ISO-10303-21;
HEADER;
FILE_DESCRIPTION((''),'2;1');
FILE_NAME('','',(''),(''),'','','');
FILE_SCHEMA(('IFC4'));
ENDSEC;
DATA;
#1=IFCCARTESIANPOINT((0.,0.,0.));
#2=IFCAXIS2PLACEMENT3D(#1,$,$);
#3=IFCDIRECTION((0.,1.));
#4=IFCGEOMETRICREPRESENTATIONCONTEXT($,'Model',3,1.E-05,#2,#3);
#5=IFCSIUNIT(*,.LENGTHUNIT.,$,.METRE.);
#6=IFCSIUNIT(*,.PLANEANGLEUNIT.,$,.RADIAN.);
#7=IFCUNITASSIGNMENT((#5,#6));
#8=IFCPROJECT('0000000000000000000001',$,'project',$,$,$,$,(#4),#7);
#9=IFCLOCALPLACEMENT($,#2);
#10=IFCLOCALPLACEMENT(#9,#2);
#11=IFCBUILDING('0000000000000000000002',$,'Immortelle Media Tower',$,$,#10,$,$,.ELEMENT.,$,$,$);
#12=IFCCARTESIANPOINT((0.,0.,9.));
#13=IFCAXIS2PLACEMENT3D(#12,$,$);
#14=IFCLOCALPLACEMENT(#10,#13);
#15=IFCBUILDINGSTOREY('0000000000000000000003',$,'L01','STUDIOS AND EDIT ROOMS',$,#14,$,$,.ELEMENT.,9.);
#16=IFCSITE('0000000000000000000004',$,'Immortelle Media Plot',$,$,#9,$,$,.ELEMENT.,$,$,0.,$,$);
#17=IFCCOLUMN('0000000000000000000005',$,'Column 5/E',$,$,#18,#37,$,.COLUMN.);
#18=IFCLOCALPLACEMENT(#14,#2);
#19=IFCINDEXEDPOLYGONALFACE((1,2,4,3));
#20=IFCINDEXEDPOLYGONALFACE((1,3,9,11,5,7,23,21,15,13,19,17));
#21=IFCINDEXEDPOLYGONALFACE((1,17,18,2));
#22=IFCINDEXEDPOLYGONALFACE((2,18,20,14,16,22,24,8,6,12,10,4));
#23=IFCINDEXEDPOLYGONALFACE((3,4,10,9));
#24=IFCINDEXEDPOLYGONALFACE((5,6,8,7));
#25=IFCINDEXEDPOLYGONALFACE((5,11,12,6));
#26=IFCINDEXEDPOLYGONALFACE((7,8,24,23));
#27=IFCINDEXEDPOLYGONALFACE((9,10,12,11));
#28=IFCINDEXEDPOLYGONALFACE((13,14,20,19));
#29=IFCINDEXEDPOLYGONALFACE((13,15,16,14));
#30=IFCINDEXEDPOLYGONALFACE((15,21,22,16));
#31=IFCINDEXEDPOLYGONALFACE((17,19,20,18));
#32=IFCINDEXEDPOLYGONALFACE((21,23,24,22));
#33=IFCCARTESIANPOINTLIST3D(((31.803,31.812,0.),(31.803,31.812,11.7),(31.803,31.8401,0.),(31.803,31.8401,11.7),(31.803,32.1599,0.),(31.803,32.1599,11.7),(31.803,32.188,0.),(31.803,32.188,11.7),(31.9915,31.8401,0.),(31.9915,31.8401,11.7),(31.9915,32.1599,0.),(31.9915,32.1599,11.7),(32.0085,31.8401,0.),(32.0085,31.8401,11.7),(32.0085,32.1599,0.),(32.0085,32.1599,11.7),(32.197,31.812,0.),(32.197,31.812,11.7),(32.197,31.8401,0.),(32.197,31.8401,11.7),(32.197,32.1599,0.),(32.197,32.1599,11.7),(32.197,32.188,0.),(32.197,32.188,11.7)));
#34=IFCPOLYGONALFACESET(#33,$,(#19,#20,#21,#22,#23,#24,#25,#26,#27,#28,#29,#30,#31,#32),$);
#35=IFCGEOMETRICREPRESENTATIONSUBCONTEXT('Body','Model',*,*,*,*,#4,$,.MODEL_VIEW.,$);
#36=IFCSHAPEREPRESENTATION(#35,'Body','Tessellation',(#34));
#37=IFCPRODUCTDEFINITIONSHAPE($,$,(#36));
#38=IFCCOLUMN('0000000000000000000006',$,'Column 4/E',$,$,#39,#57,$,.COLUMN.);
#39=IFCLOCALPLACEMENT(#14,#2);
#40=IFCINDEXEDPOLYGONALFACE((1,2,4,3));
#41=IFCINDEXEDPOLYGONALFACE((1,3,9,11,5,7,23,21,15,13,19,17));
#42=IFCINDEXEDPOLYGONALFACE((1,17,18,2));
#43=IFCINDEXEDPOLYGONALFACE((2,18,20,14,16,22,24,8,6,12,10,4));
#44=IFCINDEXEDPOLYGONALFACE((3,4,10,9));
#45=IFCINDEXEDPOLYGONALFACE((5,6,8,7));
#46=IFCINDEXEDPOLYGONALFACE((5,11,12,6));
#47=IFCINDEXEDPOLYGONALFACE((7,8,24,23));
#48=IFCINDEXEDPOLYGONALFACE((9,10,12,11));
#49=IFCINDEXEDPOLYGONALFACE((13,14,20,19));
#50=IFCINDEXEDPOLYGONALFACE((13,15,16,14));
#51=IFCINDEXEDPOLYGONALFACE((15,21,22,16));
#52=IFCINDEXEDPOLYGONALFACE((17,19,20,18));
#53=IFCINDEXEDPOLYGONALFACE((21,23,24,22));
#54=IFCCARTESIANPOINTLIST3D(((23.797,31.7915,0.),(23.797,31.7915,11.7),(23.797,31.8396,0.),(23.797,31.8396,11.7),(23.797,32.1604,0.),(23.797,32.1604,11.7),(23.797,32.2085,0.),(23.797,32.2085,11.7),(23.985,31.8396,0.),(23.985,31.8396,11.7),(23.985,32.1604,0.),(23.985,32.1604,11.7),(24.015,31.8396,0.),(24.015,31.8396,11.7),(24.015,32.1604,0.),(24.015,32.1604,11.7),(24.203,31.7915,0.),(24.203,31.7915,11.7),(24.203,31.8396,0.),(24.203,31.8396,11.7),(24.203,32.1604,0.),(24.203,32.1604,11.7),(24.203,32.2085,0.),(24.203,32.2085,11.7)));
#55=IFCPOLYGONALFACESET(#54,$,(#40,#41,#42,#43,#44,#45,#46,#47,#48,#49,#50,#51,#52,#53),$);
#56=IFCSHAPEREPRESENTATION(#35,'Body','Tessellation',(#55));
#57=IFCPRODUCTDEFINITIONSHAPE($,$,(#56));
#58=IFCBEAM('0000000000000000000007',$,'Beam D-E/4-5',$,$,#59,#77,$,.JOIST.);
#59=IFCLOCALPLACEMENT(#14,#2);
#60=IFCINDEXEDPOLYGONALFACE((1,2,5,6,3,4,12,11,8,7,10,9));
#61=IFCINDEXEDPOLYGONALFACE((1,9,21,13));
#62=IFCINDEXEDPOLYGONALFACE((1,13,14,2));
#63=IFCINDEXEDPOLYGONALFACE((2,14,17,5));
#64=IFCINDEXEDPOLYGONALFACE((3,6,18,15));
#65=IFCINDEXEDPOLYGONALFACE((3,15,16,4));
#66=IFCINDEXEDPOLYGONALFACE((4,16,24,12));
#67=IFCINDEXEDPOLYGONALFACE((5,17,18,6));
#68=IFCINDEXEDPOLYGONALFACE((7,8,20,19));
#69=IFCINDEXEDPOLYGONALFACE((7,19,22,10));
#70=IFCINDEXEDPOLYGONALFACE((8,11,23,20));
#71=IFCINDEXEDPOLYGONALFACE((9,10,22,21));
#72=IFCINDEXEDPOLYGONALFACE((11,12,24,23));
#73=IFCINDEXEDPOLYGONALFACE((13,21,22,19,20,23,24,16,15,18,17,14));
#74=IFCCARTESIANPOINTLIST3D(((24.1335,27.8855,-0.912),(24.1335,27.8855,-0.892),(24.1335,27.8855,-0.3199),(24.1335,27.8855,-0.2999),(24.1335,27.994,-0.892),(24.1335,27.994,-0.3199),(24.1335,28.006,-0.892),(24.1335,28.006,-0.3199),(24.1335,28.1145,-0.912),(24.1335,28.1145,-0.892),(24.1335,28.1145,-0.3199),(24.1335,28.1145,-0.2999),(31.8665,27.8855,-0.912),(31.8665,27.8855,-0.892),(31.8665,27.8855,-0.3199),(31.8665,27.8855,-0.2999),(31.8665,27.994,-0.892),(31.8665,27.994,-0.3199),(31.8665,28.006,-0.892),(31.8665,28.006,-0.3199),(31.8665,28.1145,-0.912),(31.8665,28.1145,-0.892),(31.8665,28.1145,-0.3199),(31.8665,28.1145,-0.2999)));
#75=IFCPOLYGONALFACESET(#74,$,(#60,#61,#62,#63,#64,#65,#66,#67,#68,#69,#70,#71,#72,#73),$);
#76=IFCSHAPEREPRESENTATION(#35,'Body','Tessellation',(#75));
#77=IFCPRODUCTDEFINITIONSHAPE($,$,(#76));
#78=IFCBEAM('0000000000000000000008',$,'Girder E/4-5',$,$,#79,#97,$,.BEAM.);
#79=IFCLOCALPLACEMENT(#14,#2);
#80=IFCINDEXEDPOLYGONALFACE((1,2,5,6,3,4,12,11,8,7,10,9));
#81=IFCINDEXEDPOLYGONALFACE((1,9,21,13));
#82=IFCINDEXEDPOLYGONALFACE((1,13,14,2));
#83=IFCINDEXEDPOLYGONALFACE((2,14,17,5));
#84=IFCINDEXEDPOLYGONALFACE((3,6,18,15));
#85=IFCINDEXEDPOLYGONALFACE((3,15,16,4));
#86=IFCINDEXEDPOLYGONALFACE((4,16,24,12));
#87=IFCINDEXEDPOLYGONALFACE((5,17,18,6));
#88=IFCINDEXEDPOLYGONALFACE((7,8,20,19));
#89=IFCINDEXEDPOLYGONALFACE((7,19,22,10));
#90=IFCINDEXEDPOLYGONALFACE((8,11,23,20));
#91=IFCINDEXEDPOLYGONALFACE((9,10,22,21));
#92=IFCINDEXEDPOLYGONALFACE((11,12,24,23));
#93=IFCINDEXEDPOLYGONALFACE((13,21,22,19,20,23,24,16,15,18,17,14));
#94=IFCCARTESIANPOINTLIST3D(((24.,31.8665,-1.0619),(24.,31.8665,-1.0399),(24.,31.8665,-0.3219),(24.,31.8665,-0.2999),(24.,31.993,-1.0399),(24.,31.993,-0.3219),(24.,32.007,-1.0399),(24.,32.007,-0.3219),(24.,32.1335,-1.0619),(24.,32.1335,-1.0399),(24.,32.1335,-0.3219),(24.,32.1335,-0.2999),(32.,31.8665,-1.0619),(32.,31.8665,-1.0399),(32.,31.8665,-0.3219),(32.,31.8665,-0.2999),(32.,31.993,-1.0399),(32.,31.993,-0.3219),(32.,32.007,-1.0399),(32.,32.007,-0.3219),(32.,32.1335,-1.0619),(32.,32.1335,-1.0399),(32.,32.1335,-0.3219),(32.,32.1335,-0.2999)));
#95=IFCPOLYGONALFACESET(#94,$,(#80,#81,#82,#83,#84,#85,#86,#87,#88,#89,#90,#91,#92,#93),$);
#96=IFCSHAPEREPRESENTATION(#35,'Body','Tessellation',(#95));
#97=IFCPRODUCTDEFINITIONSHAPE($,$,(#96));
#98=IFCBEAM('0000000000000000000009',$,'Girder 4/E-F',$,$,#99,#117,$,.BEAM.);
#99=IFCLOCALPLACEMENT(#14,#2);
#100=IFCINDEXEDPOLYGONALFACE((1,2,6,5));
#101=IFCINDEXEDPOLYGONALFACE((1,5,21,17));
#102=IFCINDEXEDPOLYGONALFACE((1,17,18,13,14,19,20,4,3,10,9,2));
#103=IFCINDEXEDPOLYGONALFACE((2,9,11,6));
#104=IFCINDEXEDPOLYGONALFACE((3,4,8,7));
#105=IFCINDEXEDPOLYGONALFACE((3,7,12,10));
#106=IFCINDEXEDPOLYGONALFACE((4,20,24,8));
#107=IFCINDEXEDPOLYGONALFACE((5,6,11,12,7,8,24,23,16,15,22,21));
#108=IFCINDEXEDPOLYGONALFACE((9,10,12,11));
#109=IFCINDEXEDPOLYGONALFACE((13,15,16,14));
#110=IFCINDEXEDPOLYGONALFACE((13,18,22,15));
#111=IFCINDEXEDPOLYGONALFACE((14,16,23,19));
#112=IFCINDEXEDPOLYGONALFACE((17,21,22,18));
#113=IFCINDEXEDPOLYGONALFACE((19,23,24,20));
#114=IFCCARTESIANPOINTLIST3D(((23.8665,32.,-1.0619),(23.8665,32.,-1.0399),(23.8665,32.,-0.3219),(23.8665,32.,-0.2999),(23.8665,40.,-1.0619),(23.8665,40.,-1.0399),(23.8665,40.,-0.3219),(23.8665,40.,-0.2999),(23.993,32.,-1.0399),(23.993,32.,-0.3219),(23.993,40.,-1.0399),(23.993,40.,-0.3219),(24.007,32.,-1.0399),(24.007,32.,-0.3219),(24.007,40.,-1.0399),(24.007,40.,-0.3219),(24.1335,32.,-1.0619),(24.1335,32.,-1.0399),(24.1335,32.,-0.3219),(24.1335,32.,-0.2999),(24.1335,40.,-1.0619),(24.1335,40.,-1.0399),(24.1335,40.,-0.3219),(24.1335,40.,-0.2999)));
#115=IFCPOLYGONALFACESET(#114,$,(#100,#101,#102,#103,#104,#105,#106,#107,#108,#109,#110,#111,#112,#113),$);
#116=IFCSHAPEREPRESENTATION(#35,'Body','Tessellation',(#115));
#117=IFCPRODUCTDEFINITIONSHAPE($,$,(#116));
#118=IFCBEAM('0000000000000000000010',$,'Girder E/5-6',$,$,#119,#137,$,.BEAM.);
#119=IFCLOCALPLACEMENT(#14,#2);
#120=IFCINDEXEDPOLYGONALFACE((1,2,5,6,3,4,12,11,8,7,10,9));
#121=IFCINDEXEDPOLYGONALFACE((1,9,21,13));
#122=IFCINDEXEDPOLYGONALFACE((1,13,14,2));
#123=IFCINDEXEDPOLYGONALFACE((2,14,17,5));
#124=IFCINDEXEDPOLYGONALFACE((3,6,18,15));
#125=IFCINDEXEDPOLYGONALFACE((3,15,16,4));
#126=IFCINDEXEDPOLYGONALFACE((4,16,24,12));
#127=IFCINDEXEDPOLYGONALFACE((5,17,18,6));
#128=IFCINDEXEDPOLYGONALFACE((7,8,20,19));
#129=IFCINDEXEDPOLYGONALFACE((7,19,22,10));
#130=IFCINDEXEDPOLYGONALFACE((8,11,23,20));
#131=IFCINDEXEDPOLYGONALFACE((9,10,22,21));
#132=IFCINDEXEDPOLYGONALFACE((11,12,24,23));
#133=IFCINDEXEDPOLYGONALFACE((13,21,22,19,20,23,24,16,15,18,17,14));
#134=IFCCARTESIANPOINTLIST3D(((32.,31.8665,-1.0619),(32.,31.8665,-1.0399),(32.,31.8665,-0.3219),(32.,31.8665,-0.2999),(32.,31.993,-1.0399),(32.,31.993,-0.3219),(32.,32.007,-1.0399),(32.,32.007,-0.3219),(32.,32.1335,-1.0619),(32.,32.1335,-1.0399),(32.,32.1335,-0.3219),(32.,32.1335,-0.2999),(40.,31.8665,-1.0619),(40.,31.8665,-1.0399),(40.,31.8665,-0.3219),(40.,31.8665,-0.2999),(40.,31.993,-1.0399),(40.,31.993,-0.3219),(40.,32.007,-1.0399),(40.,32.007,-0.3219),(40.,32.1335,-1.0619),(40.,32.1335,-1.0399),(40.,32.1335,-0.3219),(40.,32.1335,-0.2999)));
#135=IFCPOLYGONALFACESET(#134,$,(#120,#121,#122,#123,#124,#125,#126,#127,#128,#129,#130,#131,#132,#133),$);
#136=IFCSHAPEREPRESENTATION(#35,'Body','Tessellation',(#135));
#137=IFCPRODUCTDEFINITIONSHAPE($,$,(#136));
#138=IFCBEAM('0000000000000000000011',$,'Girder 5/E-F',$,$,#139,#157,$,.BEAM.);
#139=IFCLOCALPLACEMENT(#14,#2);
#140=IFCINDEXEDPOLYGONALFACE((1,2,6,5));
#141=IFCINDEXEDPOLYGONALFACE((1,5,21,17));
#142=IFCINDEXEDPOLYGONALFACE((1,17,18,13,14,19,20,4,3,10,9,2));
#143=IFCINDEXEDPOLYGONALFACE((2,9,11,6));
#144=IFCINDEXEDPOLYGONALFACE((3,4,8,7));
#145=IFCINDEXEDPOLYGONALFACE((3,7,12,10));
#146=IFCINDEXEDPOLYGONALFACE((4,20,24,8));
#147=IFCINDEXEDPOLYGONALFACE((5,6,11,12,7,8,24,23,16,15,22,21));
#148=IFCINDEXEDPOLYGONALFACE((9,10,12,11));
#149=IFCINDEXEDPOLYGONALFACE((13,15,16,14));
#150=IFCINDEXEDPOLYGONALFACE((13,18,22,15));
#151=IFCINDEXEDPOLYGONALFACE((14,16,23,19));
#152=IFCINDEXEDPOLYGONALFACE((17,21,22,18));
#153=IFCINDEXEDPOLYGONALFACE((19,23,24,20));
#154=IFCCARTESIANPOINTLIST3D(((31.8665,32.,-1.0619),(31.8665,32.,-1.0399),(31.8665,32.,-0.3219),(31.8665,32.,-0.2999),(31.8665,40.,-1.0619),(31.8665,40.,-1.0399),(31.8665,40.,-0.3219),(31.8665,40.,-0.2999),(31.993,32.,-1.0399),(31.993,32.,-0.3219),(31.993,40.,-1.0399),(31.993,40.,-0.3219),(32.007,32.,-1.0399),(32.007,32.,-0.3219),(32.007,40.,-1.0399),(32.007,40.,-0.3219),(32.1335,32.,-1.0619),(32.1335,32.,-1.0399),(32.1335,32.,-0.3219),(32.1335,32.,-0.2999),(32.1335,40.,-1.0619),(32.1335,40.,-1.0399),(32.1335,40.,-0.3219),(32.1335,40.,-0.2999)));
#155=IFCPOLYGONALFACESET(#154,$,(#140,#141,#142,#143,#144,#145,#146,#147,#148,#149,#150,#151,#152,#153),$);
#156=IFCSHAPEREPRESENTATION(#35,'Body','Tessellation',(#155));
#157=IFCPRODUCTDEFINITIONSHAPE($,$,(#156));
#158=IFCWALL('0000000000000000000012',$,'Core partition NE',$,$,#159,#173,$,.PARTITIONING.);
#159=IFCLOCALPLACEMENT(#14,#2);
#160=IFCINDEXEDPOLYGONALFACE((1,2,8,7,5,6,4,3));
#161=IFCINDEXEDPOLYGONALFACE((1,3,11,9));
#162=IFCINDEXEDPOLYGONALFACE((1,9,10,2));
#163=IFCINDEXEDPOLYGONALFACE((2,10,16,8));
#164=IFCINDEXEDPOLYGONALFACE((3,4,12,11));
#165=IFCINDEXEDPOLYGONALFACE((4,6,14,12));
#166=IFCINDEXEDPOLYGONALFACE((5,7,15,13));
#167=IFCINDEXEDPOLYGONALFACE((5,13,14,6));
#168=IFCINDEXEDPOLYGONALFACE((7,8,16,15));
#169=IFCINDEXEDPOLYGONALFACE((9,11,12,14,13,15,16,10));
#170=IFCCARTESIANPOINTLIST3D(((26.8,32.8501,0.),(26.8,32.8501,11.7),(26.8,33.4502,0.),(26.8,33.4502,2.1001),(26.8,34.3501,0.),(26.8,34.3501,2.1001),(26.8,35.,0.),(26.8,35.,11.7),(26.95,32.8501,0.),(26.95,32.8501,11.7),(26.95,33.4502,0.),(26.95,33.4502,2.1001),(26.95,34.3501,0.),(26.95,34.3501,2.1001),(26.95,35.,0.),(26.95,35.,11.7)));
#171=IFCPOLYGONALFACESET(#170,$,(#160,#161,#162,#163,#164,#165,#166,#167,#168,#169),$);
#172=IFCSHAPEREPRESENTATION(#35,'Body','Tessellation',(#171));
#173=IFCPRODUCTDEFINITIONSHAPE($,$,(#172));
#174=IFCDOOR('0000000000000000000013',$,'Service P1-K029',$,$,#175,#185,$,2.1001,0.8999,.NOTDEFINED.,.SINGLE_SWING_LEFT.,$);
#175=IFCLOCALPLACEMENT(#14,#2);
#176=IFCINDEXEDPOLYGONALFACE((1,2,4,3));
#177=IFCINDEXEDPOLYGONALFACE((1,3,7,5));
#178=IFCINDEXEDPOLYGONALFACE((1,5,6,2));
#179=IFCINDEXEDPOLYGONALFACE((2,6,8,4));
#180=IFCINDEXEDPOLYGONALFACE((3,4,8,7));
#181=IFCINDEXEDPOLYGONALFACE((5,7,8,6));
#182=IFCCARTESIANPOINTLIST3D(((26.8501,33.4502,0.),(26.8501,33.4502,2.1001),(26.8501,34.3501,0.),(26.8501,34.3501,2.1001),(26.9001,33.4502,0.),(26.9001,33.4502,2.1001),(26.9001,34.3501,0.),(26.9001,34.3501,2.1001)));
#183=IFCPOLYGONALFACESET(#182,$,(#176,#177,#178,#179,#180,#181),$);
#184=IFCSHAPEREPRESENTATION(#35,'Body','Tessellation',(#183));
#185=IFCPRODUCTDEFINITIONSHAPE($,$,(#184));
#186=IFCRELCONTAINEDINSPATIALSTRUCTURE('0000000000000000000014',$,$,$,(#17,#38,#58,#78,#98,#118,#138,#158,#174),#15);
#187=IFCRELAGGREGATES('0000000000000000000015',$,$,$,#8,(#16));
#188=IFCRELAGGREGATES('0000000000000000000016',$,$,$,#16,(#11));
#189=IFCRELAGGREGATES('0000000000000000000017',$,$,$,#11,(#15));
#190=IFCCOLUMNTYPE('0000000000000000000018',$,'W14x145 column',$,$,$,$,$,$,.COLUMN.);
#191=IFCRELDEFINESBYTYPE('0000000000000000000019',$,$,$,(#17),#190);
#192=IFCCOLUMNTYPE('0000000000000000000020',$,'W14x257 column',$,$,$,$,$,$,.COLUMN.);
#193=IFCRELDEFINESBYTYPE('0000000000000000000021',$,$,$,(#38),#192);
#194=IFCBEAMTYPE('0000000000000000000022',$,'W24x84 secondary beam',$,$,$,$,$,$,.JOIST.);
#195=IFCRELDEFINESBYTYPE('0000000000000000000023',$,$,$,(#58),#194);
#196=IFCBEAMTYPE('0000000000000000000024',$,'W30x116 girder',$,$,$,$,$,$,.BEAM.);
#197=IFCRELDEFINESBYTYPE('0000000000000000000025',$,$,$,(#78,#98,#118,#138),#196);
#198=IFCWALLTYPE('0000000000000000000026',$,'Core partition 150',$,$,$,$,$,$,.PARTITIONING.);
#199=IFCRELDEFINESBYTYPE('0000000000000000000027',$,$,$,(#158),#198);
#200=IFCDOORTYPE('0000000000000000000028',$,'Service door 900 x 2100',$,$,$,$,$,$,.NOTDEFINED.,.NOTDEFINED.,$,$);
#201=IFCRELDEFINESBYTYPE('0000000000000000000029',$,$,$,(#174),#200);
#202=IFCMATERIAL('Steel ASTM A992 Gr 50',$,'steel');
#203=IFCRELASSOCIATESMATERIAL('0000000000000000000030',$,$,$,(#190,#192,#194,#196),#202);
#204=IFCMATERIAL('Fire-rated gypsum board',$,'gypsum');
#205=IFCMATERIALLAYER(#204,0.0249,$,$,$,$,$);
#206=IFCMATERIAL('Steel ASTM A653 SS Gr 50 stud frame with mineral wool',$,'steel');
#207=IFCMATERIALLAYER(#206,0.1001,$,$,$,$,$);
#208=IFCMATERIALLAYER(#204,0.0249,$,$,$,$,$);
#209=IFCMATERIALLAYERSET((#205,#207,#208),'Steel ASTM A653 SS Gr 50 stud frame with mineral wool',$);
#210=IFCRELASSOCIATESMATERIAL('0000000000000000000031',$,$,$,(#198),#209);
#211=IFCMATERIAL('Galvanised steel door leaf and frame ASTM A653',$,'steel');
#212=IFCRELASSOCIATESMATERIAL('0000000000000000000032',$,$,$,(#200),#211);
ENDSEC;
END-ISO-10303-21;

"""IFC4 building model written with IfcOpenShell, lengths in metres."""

from ifc_helpers import new_model, si_unit, direction, frame, frame_2d, origin, origin_2d, place, context, subcontext, project, spatial, rectangle, i_section, extrude, material, layer, layer_set, material_profile, profile_set, type_object, element, fill, save


model = new_model("IFC4")

# Units and contexts
model_context = context("Model", 3, precision=1e-05, world=origin(), true_north=direction((0.0, 1.0)))
body_context = subcontext(model_context, "Body", "Model", "MODEL_VIEW")
ifc_project = project(units=[si_unit("LENGTHUNIT", "METRE"), si_unit("PLANEANGLEUNIT", "RADIAN")], contexts=[model_context])

# Site, building, storey
site_placement = place(None, origin())
site = spatial("IfcSite", under=ifc_project, at=site_placement, Name="Immortelle Media Plot", CompositionType="ELEMENT", RefElevation=0.0)
building_placement = place(site_placement, origin())
building = spatial("IfcBuilding", under=site, at=building_placement, Name="Immortelle Media Tower", CompositionType="ELEMENT")
storey_placement = place(building_placement, frame((0.0, 0.0, 9.0)))
storey = spatial("IfcBuildingStorey", under=building, at=storey_placement, Name="L01", Description="STUDIOS AND EDIT ROOMS", CompositionType="ELEMENT", Elevation=9.0)

# Columns
ifc_material_1 = material(Name="Steel ASTM A992 Gr 50", Category="steel")
ifc_material_profile_1 = material_profile(ifc_material_1, i_section(OverallWidth=0.394, OverallDepth=0.376, WebThickness=0.0171, FlangeThickness=0.0281, at=origin_2d()), Name="W14x145")
ifc_profile_set_1 = profile_set([ifc_material_profile_1], Name="Steel ASTM A992 Gr 50")
column_type_1 = type_object("IfcColumnType", Name="W14x145 column", PredefinedType="COLUMN", material=ifc_profile_set_1)
column_1_placement = place(storey_placement, frame((32.0, 32.0, 0.0), z_axis=(0.0, 0.0, 1.0), x_axis=(1.0, 0.0, 0.0)))
element("IfcColumn", 1, at=column_1_placement, inside=storey, type_object=column_type_1, Name="Column 5/E", PredefinedType="COLUMN", context=body_context, shape_type="SweptSolid", body=[
    extrude(i_section(OverallWidth=0.394, OverallDepth=0.376, WebThickness=0.0171, FlangeThickness=0.0281, at=origin_2d()), origin(), (0.0, 0.0, 1.0), 11.7),
])
ifc_material_profile_2 = material_profile(ifc_material_1, i_section(OverallWidth=0.406, OverallDepth=0.417, WebThickness=0.03, FlangeThickness=0.0481, at=origin_2d()), Name="W14x257")
ifc_profile_set_2 = profile_set([ifc_material_profile_2], Name="Steel ASTM A992 Gr 50")
column_type_2 = type_object("IfcColumnType", Name="W14x257 column", PredefinedType="COLUMN", material=ifc_profile_set_2)
column_2_placement = place(storey_placement, frame((24.0, 32.0, 0.0), z_axis=(0.0, 0.0, 1.0), x_axis=(1.0, 0.0, 0.0)))
element("IfcColumn", 2, at=column_2_placement, inside=storey, type_object=column_type_2, Name="Column 4/E", PredefinedType="COLUMN", context=body_context, shape_type="SweptSolid", body=[
    extrude(i_section(OverallWidth=0.406, OverallDepth=0.417, WebThickness=0.03, FlangeThickness=0.0481, at=origin_2d()), origin(), (0.0, 0.0, 1.0), 11.7),
])

# Beams
ifc_material_profile_3 = material_profile(ifc_material_1, i_section(OverallWidth=0.229, OverallDepth=0.6121, WebThickness=0.012, FlangeThickness=0.02, at=origin_2d()), Name="W24x84")
ifc_profile_set_3 = profile_set([ifc_material_profile_3], Name="Steel ASTM A992 Gr 50")
beam_type_1 = type_object("IfcBeamType", Name="W24x84 secondary beam", PredefinedType="JOIST", material=ifc_profile_set_3)
beam_placement = place(storey_placement, frame((24.1335, 28.0, -0.606), z_axis=(1.0, 0.0, 0.0), x_axis=(0.0, 1.0, 0.0)))
element("IfcBeam", 3, at=beam_placement, inside=storey, type_object=beam_type_1, Name="Beam D-E/4-5", PredefinedType="JOIST", context=body_context, shape_type="SweptSolid", body=[
    extrude(i_section(OverallWidth=0.229, OverallDepth=0.6121, WebThickness=0.012, FlangeThickness=0.02, at=origin_2d()), origin(), (0.0, 0.0, 1.0), 7.7329),
])
ifc_material_profile_4 = material_profile(ifc_material_1, i_section(OverallWidth=0.2671, OverallDepth=0.762, WebThickness=0.0139, FlangeThickness=0.022, at=origin_2d()), Name="W30x116")
ifc_profile_set_4 = profile_set([ifc_material_profile_4], Name="Steel ASTM A992 Gr 50")
beam_type_2 = type_object("IfcBeamType", Name="W30x116 girder", PredefinedType="BEAM", material=ifc_profile_set_4)
for number, where, z_axis, x_axis, name in (
    (4, (24.0, 32.0, -0.6809), (1.0, 0.0, 0.0), (0.0, 1.0, 0.0), "Girder E/4-5"),
    (5, (24.0, 32.0, -0.6809), (0.0, 1.0, 0.0), (-1.0, 0.0, 0.0), "Girder 4/E-F"),
    (6, (32.0, 32.0, -0.6809), (1.0, 0.0, 0.0), (0.0, 1.0, 0.0), "Girder E/5-6"),
    (7, (32.0, 32.0, -0.6809), (0.0, 1.0, 0.0), (-1.0, 0.0, 0.0), "Girder 5/E-F"),
):
    element("IfcBeam", number, at=place(storey_placement, frame(where, z_axis=z_axis, x_axis=x_axis)), inside=storey, type_object=beam_type_2, Name=name, PredefinedType="BEAM", context=body_context, shape_type="SweptSolid", body=[
        extrude(i_section(OverallWidth=0.2671, OverallDepth=0.762, WebThickness=0.0139, FlangeThickness=0.022, at=origin_2d()), origin(), (0.0, 0.0, 1.0), 8.0),
    ])

# Wall, opening, door
ifc_material_2 = material(Name="Fire-rated gypsum board", Category="gypsum")
ifc_layer_1 = layer(ifc_material_2, 0.0249)
ifc_material_3 = material(Name="Steel ASTM A653 SS Gr 50 stud frame with mineral wool", Category="steel")
ifc_layer_2 = layer(ifc_material_3, 0.1001)
ifc_layer_3 = layer(ifc_material_2, 0.0249)
ifc_layer_set_1 = layer_set([ifc_layer_1, ifc_layer_2, ifc_layer_3], Name="Steel ASTM A653 SS Gr 50 stud frame with mineral wool")
wall_type_1 = type_object("IfcWallType", Name="Core partition 150", PredefinedType="PARTITIONING", material=ifc_layer_set_1)
wall_1_placement = place(storey_placement, frame((26.875, 32.8501, 0.0), z_axis=(0.0, 0.0, 1.0), x_axis=(0.0, 1.0, 0.0)))
wall_1 = element("IfcWall", 8, at=wall_1_placement, inside=storey, type_object=wall_type_1, Name="Core partition NE", PredefinedType="PARTITIONING", context=body_context, shape_type="SweptSolid", body=[
    extrude(rectangle(XDim=2.1499, YDim=0.1499, at=frame_2d((1.075, 0.0))), origin(), (0.0, 0.0, 1.0), 11.7),
])
opening_1_placement = place(wall_1_placement, frame((0.6001, 0.0, 0.0)))
opening_1 = element("IfcOpeningElement", 9, at=opening_1_placement, cuts=wall_1, PredefinedType="OPENING", context=body_context, shape_type="SweptSolid", body=[
    extrude(rectangle(XDim=0.8999, YDim=2.1001, at=frame_2d((0.45, 1.05))), frame((0.0, 0.085, 0.0), z_axis=(0.0, -1.0, 0.0), x_axis=(1.0, 0.0, 0.0)), (0.0, 0.0, 1.0), 0.1699),
])
ifc_material_4 = material(Name="Galvanised steel door leaf and frame ASTM A653", Category="steel")
door_type_1 = type_object("IfcDoorType", Name="Service door 900 x 2100", OperationType="NOTDEFINED", PredefinedType="NOTDEFINED", material=ifc_material_4)
door_1_placement = place(opening_1_placement, origin())
door_1 = element("IfcDoor", 10, at=door_1_placement, inside=storey, type_object=door_type_1, Name="Service P1-K029", OperationType="SINGLE_SWING_LEFT", OverallHeight=2.1001, OverallWidth=0.8999, PredefinedType="NOTDEFINED", context=body_context, shape_type="SweptSolid", body=[
    extrude(rectangle(XDim=0.8999, YDim=2.1001, at=frame_2d((0.45, 1.05))), frame((0.0, 0.0249, 0.0), z_axis=(0.0, -1.0, 0.0), x_axis=(1.0, 0.0, 0.0)), (0.0, 0.0, 1.0), 0.05),
])
fill(opening_1, door_1)

save(model, "model.ifc")
